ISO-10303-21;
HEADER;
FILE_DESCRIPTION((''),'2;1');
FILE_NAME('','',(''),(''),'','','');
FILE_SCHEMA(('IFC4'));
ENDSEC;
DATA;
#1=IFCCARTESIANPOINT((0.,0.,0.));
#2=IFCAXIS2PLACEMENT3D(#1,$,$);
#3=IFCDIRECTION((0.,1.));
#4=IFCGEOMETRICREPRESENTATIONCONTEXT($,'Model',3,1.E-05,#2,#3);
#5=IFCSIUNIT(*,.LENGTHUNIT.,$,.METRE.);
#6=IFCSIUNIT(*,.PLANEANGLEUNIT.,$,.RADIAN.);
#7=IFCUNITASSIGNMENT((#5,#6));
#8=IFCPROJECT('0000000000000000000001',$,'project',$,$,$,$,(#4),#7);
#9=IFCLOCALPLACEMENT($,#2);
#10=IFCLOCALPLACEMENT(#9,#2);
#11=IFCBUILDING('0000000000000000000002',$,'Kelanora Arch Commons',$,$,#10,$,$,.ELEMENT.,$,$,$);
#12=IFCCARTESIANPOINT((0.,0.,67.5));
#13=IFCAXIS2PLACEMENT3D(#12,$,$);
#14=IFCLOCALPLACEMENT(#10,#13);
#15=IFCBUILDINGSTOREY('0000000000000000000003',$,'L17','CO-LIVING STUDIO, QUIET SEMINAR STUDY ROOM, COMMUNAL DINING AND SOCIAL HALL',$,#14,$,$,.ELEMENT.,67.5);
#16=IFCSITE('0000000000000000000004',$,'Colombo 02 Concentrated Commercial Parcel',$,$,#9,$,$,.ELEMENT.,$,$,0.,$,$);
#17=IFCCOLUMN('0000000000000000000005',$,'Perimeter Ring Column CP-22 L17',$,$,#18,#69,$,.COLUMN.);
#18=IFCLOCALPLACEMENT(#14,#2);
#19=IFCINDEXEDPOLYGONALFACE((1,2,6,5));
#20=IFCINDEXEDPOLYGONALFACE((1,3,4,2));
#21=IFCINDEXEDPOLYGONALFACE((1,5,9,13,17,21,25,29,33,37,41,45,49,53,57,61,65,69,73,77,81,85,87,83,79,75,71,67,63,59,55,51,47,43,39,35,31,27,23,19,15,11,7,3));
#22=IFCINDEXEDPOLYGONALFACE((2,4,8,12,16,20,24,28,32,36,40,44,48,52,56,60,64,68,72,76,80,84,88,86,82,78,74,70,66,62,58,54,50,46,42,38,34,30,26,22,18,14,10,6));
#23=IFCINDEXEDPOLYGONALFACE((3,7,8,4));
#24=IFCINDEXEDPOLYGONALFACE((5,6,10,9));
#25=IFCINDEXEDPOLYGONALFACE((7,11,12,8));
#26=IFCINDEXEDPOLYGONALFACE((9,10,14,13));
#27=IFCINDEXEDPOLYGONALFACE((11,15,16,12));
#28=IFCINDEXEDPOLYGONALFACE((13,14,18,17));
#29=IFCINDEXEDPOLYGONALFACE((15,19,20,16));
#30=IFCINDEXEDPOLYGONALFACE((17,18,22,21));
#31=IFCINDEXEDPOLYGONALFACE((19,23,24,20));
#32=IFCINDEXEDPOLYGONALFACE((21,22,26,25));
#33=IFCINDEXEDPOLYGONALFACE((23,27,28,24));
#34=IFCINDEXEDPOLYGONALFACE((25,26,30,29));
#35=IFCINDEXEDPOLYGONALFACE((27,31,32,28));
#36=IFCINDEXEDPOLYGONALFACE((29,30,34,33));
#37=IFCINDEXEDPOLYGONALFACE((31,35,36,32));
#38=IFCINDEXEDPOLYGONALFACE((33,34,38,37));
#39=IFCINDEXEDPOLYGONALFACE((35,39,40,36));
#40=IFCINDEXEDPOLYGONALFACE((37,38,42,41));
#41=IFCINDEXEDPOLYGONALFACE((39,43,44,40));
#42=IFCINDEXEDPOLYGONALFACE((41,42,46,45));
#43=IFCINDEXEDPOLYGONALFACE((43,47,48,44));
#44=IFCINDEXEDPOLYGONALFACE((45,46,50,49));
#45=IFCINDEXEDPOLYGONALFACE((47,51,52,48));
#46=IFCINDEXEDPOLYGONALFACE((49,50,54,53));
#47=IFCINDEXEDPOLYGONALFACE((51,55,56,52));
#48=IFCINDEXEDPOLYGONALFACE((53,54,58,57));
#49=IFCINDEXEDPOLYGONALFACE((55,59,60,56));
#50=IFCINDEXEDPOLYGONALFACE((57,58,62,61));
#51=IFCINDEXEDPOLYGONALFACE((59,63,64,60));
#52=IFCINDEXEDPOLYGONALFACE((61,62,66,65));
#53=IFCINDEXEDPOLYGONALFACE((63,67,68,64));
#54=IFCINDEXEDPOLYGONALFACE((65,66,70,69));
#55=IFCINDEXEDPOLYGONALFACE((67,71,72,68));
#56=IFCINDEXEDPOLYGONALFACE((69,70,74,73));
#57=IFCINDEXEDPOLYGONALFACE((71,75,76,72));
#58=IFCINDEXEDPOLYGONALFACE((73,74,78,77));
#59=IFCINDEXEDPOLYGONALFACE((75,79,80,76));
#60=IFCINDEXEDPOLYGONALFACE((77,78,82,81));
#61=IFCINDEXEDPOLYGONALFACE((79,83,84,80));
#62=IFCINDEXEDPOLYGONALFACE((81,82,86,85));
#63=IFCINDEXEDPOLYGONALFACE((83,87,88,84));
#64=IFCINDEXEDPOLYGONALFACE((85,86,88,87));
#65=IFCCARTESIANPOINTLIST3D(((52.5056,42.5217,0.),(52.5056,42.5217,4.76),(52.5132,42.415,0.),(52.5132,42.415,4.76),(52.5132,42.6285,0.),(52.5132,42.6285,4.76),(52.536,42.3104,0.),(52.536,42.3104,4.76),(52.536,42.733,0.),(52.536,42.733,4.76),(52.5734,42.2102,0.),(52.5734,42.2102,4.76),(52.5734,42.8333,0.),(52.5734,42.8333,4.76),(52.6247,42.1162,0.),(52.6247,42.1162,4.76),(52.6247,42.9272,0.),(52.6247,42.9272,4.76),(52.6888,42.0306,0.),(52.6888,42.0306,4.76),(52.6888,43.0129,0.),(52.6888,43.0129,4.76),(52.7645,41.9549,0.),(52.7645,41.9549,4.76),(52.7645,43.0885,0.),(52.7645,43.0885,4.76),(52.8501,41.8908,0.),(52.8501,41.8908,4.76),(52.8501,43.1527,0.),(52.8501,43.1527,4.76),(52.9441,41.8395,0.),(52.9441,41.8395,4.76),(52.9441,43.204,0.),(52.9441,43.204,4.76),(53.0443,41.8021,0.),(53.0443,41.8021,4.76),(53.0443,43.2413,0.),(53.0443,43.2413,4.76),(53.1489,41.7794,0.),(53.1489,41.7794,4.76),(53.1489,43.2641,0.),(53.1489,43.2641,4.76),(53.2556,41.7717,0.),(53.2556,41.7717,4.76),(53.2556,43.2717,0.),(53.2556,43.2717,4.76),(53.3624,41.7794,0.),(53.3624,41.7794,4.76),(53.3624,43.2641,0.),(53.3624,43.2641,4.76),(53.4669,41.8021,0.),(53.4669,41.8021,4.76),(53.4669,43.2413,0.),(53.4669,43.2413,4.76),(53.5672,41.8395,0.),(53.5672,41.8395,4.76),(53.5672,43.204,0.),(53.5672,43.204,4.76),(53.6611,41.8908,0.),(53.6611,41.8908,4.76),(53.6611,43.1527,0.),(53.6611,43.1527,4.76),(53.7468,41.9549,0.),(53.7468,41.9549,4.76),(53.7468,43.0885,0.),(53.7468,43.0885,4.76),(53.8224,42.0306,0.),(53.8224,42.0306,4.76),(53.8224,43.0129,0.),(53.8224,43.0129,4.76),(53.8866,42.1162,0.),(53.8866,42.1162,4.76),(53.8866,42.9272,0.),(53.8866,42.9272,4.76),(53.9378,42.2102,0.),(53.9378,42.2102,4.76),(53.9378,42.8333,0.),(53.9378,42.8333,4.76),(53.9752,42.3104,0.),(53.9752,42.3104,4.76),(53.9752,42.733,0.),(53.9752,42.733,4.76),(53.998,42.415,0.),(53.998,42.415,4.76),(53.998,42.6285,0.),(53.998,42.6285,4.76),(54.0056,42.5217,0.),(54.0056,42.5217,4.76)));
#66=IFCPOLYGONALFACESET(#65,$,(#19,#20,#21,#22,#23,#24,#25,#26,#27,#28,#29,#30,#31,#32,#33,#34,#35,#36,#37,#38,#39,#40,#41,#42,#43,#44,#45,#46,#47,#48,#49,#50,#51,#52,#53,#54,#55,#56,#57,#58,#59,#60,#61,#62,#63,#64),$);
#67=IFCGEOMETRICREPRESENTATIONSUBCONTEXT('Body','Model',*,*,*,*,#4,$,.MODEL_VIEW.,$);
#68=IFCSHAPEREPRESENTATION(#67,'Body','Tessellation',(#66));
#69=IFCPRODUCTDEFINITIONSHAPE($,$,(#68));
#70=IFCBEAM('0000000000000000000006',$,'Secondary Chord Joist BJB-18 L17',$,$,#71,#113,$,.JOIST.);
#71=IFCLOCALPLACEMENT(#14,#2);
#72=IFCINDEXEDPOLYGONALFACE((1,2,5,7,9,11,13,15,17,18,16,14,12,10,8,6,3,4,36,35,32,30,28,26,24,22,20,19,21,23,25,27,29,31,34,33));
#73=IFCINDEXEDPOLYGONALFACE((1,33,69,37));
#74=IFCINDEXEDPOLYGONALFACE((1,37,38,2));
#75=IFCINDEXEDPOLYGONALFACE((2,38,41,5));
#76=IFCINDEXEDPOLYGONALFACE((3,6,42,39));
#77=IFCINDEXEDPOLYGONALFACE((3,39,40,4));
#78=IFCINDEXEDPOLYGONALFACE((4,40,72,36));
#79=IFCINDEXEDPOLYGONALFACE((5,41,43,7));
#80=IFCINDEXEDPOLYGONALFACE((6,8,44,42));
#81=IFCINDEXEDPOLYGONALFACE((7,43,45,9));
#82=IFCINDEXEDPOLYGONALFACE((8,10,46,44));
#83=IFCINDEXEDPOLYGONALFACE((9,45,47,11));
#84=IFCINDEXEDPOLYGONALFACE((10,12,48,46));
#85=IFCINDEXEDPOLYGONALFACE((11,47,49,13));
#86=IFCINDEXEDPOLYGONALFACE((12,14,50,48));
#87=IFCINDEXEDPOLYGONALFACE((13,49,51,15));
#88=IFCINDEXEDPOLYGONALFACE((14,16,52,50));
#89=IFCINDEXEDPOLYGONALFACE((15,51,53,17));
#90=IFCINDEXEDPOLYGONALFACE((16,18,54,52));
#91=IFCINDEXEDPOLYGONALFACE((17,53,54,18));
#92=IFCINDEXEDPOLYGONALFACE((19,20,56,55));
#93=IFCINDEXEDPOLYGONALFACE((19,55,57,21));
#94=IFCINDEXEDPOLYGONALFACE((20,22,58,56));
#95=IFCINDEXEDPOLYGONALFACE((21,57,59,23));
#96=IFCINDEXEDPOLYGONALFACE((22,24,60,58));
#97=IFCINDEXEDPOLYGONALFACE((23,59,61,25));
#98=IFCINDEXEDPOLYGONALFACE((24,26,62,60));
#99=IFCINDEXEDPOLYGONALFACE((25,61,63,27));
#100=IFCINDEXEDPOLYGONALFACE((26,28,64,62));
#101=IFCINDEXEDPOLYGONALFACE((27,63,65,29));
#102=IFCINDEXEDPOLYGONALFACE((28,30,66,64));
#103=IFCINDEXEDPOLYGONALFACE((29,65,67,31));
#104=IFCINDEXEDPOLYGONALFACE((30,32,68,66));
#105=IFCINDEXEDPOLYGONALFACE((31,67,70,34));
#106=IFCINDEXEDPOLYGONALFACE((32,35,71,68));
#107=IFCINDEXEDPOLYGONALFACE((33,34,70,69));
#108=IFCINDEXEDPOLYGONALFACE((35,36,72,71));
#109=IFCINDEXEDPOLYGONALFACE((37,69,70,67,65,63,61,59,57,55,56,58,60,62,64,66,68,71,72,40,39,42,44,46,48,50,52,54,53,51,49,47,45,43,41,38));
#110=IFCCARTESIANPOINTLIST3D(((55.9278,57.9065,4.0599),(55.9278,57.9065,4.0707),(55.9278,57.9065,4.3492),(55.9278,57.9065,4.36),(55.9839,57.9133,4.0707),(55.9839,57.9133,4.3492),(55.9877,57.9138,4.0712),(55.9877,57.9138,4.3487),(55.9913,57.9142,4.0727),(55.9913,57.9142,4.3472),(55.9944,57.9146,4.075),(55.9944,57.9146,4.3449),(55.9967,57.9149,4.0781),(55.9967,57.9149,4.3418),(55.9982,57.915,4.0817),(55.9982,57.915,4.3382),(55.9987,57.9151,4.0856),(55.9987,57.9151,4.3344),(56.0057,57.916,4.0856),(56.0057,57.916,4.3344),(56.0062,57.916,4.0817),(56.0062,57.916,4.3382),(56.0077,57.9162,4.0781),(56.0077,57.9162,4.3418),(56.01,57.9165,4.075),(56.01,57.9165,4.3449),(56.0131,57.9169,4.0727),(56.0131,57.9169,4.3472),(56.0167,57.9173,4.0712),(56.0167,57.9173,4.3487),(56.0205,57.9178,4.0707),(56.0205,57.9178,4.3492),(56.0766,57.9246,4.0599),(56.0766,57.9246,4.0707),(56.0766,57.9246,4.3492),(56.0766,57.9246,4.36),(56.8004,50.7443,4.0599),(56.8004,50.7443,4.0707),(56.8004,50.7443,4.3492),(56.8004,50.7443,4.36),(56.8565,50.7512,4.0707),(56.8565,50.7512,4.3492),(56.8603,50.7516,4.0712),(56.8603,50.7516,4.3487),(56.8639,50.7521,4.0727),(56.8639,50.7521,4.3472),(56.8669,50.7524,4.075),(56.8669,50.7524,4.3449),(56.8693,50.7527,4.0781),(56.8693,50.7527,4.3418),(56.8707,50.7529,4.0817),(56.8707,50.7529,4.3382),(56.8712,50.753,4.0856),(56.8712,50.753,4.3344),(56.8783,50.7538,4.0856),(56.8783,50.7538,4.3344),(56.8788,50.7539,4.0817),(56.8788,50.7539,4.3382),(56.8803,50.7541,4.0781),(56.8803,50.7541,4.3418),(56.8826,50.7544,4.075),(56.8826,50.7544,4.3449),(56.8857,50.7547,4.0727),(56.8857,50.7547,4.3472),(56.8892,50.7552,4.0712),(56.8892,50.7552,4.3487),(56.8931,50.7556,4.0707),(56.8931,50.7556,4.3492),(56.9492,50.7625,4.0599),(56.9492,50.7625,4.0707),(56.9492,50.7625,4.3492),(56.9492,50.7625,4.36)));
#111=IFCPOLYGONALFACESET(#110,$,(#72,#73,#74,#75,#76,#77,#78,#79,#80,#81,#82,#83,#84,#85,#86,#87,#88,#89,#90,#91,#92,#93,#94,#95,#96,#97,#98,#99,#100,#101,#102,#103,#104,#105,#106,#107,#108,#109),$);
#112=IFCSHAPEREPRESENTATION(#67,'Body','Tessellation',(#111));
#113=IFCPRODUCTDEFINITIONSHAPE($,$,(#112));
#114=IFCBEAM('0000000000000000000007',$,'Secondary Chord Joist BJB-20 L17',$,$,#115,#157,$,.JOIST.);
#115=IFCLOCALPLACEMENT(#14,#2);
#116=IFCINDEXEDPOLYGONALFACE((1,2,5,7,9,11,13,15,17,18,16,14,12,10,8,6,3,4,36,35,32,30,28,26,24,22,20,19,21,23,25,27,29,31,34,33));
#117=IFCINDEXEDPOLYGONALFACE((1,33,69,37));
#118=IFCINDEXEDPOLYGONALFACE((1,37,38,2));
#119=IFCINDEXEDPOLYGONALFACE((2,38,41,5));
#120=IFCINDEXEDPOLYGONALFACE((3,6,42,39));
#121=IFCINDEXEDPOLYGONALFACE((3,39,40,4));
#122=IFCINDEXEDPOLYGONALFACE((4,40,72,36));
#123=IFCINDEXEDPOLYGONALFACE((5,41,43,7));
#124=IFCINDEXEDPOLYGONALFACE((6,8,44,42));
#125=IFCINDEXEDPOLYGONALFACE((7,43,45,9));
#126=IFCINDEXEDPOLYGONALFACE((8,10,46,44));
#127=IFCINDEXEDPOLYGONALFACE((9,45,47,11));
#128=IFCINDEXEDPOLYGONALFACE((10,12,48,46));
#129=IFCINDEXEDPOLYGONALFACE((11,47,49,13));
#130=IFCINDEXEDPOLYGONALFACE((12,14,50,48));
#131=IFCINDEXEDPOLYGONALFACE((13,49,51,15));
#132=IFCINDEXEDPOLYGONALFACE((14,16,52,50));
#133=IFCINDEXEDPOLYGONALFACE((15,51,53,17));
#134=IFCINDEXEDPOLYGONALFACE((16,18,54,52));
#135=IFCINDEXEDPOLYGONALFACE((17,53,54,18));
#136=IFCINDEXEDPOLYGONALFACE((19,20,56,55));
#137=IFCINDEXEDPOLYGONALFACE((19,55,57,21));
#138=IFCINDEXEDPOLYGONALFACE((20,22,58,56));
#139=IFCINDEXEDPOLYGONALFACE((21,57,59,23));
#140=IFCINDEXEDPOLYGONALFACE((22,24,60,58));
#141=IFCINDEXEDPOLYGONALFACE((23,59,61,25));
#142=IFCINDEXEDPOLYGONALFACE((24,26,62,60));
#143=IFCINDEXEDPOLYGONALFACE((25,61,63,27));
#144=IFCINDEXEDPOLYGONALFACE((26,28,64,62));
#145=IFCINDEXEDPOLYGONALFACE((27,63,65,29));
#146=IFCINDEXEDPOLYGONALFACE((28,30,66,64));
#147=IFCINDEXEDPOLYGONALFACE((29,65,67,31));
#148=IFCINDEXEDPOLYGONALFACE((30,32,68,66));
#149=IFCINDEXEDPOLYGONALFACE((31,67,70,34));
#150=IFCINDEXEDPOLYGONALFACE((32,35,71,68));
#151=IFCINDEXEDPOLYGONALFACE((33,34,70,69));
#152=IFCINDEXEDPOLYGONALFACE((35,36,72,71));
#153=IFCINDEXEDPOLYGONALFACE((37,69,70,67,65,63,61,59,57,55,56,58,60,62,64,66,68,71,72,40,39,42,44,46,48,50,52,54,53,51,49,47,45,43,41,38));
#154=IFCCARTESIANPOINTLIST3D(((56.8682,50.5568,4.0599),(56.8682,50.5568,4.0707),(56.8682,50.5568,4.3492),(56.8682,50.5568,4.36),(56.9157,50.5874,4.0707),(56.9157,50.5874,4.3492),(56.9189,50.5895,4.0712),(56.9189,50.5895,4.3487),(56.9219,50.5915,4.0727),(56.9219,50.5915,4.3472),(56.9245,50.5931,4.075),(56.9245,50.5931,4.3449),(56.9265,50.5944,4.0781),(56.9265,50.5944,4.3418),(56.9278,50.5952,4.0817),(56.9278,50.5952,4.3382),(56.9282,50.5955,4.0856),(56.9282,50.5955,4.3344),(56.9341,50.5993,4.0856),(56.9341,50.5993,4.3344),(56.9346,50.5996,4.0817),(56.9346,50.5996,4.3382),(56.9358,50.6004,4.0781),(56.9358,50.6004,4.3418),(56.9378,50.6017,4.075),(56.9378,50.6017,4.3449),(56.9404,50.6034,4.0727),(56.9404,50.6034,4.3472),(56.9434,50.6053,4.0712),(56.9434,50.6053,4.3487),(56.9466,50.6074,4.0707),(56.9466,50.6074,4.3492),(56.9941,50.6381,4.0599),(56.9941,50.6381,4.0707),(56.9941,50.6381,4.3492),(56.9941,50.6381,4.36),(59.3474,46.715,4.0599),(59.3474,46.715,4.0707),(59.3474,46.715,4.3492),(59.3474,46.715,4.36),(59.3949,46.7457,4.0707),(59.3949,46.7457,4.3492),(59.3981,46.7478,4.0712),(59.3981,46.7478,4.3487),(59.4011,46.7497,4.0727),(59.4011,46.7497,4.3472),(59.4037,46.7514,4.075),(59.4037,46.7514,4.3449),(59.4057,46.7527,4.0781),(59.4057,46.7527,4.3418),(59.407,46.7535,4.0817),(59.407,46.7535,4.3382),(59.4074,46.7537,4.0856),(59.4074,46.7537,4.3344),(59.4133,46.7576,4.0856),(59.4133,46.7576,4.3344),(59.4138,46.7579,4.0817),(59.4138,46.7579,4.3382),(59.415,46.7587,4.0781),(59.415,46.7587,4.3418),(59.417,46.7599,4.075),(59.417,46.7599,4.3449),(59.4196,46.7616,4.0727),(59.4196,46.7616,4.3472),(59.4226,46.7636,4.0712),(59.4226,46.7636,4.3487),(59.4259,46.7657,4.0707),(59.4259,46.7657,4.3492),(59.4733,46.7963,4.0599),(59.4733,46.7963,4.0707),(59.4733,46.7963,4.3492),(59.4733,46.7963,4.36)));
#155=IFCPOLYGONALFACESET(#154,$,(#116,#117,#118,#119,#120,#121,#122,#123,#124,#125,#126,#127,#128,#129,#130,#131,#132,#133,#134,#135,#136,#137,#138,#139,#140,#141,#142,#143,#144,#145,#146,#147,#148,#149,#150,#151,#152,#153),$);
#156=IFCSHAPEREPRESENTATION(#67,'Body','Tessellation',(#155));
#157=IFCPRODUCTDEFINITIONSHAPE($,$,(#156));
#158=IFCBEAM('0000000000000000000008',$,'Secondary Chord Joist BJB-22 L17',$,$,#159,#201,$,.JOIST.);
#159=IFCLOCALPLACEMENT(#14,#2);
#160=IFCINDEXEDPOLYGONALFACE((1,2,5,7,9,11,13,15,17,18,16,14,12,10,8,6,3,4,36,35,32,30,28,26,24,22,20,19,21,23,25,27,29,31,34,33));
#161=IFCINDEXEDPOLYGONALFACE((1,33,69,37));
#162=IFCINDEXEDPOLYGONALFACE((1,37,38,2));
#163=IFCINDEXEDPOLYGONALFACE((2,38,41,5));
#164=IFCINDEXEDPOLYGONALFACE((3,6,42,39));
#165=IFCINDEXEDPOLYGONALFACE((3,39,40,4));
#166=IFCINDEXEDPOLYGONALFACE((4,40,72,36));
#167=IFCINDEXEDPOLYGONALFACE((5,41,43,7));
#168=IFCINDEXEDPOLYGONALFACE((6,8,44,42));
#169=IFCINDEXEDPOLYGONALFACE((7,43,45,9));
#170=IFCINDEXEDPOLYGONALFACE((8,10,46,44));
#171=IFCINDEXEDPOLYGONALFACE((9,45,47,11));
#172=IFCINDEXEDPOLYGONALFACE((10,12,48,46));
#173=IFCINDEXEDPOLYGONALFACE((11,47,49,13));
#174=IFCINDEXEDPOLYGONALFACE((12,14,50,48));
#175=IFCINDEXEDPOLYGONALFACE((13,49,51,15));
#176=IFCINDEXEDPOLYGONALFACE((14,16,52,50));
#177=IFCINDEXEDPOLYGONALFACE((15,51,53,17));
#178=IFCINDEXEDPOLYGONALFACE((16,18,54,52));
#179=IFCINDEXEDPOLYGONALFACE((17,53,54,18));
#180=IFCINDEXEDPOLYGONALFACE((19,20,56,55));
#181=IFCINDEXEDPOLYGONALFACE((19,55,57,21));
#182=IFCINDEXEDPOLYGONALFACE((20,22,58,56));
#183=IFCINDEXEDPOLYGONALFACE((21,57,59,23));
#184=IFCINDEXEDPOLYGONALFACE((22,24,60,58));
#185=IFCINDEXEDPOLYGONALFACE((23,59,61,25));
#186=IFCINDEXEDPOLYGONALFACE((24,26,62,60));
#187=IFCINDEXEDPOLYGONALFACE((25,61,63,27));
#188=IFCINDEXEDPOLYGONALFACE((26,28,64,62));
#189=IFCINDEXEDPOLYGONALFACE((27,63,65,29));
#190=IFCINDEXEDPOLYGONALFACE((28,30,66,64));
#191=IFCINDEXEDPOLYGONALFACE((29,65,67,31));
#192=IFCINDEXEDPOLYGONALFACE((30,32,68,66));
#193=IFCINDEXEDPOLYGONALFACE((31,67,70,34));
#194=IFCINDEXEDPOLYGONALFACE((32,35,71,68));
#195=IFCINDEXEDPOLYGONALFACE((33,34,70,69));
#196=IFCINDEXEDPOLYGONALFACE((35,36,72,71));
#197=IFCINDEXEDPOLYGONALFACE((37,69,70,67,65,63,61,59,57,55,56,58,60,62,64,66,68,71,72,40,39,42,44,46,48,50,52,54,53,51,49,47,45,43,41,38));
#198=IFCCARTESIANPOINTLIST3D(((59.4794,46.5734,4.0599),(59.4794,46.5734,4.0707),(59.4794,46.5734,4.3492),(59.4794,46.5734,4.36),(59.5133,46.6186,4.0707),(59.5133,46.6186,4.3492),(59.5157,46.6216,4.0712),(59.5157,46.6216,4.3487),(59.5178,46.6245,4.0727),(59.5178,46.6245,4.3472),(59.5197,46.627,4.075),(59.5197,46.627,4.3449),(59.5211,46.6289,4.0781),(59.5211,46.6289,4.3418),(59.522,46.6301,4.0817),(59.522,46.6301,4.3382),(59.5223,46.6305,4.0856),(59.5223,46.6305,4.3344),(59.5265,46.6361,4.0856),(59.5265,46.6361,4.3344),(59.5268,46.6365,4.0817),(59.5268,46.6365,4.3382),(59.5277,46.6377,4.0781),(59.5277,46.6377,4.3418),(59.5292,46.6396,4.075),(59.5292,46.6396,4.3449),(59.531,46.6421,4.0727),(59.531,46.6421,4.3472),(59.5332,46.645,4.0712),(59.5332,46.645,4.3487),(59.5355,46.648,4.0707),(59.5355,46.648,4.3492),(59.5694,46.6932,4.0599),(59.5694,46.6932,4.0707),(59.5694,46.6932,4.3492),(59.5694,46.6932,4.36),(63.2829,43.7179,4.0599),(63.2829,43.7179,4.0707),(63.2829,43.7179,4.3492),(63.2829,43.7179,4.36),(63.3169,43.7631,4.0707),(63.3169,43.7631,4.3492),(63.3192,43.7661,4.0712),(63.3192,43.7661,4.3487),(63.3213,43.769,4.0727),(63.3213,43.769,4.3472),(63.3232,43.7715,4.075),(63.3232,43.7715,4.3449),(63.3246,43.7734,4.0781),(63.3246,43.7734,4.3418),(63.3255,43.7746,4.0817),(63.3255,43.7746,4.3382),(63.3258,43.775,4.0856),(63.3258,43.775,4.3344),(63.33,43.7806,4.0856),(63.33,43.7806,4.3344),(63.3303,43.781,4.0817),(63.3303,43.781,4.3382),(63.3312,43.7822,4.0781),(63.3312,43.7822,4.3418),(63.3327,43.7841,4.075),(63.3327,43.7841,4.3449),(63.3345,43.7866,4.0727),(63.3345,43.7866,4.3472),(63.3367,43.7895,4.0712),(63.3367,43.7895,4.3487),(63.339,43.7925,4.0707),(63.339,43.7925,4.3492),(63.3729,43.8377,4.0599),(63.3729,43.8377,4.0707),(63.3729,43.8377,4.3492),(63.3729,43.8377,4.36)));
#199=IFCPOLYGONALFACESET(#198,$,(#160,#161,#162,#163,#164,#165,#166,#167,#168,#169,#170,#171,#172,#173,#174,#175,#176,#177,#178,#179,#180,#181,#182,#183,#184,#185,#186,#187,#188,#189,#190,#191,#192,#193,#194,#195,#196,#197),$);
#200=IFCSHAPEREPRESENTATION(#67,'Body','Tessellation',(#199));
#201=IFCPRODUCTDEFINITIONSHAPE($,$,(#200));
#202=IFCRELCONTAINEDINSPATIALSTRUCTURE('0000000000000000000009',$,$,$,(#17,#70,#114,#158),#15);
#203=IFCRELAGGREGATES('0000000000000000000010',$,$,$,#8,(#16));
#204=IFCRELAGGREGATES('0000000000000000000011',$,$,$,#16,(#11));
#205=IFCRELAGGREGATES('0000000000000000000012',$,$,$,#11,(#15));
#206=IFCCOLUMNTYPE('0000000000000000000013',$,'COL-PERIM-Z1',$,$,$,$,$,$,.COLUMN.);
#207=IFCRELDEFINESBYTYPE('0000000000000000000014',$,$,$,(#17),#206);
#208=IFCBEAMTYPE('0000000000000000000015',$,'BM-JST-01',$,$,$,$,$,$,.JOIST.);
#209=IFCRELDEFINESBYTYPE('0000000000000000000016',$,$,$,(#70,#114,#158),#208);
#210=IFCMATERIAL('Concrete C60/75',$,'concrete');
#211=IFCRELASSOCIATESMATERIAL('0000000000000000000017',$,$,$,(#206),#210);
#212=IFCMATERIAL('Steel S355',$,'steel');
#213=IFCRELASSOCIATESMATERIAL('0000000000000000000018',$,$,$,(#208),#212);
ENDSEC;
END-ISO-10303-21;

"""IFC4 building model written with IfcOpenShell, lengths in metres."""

from ifc_helpers import new_model, si_unit, direction, frame, origin, origin_2d, place, context, subcontext, project, spatial, circle, i_section, extrude, material, material_profile, profile_set, type_object, element, save


model = new_model("IFC4")

# Units and contexts
model_context = context("Model", 3, precision=1e-05, world=origin(), true_north=direction((0.0, 1.0)))
body_context = subcontext(model_context, "Body", "Model", "MODEL_VIEW")
ifc_project = project(units=[si_unit("LENGTHUNIT", "METRE"), si_unit("PLANEANGLEUNIT", "RADIAN")], contexts=[model_context])

# Site, building, storey
site_placement = place(None, origin())
site = spatial("IfcSite", under=ifc_project, at=site_placement, Name="Colombo 02 Concentrated Commercial Parcel", CompositionType="ELEMENT", RefElevation=0.0)
building_placement = place(site_placement, origin())
building = spatial("IfcBuilding", under=site, at=building_placement, Name="Kelanora Arch Commons", CompositionType="ELEMENT")
storey_placement = place(building_placement, frame((0.0, 0.0, 67.5)))
storey = spatial("IfcBuildingStorey", under=building, at=storey_placement, Name="L17", Description="CO-LIVING STUDIO, QUIET SEMINAR STUDY ROOM, COMMUNAL DINING AND SOCIAL HALL", CompositionType="ELEMENT", Elevation=67.5)

# Column
ifc_material_1 = material(Name="Concrete C60/75", Category="concrete")
ifc_material_profile_1 = material_profile(ifc_material_1, circle(Radius=0.75, at=origin_2d()), Name="RCC1500")
ifc_profile_set_1 = profile_set([ifc_material_profile_1], Name="Concrete C60/75")
column_type = type_object("IfcColumnType", Name="COL-PERIM-Z1", PredefinedType="COLUMN", material=ifc_profile_set_1)
column_placement = place(storey_placement, frame((53.2556, 42.5217, 0.0), z_axis=(0.0, 0.0, 1.0), x_axis=(1.0, 0.0, 0.0)))
element("IfcColumn", 1, at=column_placement, inside=storey, type_object=column_type, Name="Perimeter Ring Column CP-22 L17", PredefinedType="COLUMN", context=body_context, shape_type="SweptSolid", body=[
    extrude(circle(Radius=0.75, at=origin_2d()), origin(), (0.0, 0.0, 1.0), 4.76),
])

# Beams
ifc_material_2 = material(Name="Steel S355", Category="steel")
ifc_material_profile_2 = material_profile(ifc_material_2, i_section(OverallWidth=0.1499, OverallDepth=0.3, WebThickness=0.0071, FlangeThickness=0.0107, FilletRadius=0.0149, at=origin_2d()), Name="IPE300")
ifc_profile_set_2 = profile_set([ifc_material_profile_2], Name="Steel S355")
beam_type_1 = type_object("IfcBeamType", Name="BM-JST-01", PredefinedType="JOIST", material=ifc_profile_set_2)
beam_1_placement = place(storey_placement, frame((56.0022, 57.9155, 4.21), z_axis=(0.120936, -0.99266, 0.0), x_axis=(0.99266, 0.120936, 0.0)))
element("IfcBeam", 2, at=beam_1_placement, inside=storey, type_object=beam_type_1, Name="Secondary Chord Joist BJB-18 L17", PredefinedType="JOIST", context=body_context, shape_type="SweptSolid", body=[
    extrude(i_section(OverallWidth=0.1499, OverallDepth=0.3, WebThickness=0.0071, FlangeThickness=0.0107, FilletRadius=0.0149, at=origin_2d()), origin(), (0.0, 0.0, 1.0), 7.2151),
])
beam_2_placement = place(storey_placement, frame((56.9312, 50.5974, 4.21), z_axis=(0.54223, -0.84023, 0.0), x_axis=(0.84023, 0.54223, 0.0)))
element("IfcBeam", 3, at=beam_2_placement, inside=storey, type_object=beam_type_1, Name="Secondary Chord Joist BJB-20 L17", PredefinedType="JOIST", context=body_context, shape_type="SweptSolid", body=[
    extrude(i_section(OverallWidth=0.1499, OverallDepth=0.3, WebThickness=0.0071, FlangeThickness=0.0107, FilletRadius=0.0149, at=origin_2d()), origin(), (0.0, 0.0, 1.0), 4.5723),
])
beam_3_placement = place(storey_placement, frame((59.5244, 46.6333, 4.21), z_axis=(0.79971, -0.600386, 0.0), x_axis=(0.600386, 0.79971, 0.0)))
element("IfcBeam", 4, at=beam_3_placement, inside=storey, type_object=beam_type_1, Name="Secondary Chord Joist BJB-22 L17", PredefinedType="JOIST", context=body_context, shape_type="SweptSolid", body=[
    extrude(i_section(OverallWidth=0.1499, OverallDepth=0.3, WebThickness=0.0071, FlangeThickness=0.0107, FilletRadius=0.0149, at=origin_2d()), origin(), (0.0, 0.0, 1.0), 4.7561),
])

save(model, "model.ifc")
